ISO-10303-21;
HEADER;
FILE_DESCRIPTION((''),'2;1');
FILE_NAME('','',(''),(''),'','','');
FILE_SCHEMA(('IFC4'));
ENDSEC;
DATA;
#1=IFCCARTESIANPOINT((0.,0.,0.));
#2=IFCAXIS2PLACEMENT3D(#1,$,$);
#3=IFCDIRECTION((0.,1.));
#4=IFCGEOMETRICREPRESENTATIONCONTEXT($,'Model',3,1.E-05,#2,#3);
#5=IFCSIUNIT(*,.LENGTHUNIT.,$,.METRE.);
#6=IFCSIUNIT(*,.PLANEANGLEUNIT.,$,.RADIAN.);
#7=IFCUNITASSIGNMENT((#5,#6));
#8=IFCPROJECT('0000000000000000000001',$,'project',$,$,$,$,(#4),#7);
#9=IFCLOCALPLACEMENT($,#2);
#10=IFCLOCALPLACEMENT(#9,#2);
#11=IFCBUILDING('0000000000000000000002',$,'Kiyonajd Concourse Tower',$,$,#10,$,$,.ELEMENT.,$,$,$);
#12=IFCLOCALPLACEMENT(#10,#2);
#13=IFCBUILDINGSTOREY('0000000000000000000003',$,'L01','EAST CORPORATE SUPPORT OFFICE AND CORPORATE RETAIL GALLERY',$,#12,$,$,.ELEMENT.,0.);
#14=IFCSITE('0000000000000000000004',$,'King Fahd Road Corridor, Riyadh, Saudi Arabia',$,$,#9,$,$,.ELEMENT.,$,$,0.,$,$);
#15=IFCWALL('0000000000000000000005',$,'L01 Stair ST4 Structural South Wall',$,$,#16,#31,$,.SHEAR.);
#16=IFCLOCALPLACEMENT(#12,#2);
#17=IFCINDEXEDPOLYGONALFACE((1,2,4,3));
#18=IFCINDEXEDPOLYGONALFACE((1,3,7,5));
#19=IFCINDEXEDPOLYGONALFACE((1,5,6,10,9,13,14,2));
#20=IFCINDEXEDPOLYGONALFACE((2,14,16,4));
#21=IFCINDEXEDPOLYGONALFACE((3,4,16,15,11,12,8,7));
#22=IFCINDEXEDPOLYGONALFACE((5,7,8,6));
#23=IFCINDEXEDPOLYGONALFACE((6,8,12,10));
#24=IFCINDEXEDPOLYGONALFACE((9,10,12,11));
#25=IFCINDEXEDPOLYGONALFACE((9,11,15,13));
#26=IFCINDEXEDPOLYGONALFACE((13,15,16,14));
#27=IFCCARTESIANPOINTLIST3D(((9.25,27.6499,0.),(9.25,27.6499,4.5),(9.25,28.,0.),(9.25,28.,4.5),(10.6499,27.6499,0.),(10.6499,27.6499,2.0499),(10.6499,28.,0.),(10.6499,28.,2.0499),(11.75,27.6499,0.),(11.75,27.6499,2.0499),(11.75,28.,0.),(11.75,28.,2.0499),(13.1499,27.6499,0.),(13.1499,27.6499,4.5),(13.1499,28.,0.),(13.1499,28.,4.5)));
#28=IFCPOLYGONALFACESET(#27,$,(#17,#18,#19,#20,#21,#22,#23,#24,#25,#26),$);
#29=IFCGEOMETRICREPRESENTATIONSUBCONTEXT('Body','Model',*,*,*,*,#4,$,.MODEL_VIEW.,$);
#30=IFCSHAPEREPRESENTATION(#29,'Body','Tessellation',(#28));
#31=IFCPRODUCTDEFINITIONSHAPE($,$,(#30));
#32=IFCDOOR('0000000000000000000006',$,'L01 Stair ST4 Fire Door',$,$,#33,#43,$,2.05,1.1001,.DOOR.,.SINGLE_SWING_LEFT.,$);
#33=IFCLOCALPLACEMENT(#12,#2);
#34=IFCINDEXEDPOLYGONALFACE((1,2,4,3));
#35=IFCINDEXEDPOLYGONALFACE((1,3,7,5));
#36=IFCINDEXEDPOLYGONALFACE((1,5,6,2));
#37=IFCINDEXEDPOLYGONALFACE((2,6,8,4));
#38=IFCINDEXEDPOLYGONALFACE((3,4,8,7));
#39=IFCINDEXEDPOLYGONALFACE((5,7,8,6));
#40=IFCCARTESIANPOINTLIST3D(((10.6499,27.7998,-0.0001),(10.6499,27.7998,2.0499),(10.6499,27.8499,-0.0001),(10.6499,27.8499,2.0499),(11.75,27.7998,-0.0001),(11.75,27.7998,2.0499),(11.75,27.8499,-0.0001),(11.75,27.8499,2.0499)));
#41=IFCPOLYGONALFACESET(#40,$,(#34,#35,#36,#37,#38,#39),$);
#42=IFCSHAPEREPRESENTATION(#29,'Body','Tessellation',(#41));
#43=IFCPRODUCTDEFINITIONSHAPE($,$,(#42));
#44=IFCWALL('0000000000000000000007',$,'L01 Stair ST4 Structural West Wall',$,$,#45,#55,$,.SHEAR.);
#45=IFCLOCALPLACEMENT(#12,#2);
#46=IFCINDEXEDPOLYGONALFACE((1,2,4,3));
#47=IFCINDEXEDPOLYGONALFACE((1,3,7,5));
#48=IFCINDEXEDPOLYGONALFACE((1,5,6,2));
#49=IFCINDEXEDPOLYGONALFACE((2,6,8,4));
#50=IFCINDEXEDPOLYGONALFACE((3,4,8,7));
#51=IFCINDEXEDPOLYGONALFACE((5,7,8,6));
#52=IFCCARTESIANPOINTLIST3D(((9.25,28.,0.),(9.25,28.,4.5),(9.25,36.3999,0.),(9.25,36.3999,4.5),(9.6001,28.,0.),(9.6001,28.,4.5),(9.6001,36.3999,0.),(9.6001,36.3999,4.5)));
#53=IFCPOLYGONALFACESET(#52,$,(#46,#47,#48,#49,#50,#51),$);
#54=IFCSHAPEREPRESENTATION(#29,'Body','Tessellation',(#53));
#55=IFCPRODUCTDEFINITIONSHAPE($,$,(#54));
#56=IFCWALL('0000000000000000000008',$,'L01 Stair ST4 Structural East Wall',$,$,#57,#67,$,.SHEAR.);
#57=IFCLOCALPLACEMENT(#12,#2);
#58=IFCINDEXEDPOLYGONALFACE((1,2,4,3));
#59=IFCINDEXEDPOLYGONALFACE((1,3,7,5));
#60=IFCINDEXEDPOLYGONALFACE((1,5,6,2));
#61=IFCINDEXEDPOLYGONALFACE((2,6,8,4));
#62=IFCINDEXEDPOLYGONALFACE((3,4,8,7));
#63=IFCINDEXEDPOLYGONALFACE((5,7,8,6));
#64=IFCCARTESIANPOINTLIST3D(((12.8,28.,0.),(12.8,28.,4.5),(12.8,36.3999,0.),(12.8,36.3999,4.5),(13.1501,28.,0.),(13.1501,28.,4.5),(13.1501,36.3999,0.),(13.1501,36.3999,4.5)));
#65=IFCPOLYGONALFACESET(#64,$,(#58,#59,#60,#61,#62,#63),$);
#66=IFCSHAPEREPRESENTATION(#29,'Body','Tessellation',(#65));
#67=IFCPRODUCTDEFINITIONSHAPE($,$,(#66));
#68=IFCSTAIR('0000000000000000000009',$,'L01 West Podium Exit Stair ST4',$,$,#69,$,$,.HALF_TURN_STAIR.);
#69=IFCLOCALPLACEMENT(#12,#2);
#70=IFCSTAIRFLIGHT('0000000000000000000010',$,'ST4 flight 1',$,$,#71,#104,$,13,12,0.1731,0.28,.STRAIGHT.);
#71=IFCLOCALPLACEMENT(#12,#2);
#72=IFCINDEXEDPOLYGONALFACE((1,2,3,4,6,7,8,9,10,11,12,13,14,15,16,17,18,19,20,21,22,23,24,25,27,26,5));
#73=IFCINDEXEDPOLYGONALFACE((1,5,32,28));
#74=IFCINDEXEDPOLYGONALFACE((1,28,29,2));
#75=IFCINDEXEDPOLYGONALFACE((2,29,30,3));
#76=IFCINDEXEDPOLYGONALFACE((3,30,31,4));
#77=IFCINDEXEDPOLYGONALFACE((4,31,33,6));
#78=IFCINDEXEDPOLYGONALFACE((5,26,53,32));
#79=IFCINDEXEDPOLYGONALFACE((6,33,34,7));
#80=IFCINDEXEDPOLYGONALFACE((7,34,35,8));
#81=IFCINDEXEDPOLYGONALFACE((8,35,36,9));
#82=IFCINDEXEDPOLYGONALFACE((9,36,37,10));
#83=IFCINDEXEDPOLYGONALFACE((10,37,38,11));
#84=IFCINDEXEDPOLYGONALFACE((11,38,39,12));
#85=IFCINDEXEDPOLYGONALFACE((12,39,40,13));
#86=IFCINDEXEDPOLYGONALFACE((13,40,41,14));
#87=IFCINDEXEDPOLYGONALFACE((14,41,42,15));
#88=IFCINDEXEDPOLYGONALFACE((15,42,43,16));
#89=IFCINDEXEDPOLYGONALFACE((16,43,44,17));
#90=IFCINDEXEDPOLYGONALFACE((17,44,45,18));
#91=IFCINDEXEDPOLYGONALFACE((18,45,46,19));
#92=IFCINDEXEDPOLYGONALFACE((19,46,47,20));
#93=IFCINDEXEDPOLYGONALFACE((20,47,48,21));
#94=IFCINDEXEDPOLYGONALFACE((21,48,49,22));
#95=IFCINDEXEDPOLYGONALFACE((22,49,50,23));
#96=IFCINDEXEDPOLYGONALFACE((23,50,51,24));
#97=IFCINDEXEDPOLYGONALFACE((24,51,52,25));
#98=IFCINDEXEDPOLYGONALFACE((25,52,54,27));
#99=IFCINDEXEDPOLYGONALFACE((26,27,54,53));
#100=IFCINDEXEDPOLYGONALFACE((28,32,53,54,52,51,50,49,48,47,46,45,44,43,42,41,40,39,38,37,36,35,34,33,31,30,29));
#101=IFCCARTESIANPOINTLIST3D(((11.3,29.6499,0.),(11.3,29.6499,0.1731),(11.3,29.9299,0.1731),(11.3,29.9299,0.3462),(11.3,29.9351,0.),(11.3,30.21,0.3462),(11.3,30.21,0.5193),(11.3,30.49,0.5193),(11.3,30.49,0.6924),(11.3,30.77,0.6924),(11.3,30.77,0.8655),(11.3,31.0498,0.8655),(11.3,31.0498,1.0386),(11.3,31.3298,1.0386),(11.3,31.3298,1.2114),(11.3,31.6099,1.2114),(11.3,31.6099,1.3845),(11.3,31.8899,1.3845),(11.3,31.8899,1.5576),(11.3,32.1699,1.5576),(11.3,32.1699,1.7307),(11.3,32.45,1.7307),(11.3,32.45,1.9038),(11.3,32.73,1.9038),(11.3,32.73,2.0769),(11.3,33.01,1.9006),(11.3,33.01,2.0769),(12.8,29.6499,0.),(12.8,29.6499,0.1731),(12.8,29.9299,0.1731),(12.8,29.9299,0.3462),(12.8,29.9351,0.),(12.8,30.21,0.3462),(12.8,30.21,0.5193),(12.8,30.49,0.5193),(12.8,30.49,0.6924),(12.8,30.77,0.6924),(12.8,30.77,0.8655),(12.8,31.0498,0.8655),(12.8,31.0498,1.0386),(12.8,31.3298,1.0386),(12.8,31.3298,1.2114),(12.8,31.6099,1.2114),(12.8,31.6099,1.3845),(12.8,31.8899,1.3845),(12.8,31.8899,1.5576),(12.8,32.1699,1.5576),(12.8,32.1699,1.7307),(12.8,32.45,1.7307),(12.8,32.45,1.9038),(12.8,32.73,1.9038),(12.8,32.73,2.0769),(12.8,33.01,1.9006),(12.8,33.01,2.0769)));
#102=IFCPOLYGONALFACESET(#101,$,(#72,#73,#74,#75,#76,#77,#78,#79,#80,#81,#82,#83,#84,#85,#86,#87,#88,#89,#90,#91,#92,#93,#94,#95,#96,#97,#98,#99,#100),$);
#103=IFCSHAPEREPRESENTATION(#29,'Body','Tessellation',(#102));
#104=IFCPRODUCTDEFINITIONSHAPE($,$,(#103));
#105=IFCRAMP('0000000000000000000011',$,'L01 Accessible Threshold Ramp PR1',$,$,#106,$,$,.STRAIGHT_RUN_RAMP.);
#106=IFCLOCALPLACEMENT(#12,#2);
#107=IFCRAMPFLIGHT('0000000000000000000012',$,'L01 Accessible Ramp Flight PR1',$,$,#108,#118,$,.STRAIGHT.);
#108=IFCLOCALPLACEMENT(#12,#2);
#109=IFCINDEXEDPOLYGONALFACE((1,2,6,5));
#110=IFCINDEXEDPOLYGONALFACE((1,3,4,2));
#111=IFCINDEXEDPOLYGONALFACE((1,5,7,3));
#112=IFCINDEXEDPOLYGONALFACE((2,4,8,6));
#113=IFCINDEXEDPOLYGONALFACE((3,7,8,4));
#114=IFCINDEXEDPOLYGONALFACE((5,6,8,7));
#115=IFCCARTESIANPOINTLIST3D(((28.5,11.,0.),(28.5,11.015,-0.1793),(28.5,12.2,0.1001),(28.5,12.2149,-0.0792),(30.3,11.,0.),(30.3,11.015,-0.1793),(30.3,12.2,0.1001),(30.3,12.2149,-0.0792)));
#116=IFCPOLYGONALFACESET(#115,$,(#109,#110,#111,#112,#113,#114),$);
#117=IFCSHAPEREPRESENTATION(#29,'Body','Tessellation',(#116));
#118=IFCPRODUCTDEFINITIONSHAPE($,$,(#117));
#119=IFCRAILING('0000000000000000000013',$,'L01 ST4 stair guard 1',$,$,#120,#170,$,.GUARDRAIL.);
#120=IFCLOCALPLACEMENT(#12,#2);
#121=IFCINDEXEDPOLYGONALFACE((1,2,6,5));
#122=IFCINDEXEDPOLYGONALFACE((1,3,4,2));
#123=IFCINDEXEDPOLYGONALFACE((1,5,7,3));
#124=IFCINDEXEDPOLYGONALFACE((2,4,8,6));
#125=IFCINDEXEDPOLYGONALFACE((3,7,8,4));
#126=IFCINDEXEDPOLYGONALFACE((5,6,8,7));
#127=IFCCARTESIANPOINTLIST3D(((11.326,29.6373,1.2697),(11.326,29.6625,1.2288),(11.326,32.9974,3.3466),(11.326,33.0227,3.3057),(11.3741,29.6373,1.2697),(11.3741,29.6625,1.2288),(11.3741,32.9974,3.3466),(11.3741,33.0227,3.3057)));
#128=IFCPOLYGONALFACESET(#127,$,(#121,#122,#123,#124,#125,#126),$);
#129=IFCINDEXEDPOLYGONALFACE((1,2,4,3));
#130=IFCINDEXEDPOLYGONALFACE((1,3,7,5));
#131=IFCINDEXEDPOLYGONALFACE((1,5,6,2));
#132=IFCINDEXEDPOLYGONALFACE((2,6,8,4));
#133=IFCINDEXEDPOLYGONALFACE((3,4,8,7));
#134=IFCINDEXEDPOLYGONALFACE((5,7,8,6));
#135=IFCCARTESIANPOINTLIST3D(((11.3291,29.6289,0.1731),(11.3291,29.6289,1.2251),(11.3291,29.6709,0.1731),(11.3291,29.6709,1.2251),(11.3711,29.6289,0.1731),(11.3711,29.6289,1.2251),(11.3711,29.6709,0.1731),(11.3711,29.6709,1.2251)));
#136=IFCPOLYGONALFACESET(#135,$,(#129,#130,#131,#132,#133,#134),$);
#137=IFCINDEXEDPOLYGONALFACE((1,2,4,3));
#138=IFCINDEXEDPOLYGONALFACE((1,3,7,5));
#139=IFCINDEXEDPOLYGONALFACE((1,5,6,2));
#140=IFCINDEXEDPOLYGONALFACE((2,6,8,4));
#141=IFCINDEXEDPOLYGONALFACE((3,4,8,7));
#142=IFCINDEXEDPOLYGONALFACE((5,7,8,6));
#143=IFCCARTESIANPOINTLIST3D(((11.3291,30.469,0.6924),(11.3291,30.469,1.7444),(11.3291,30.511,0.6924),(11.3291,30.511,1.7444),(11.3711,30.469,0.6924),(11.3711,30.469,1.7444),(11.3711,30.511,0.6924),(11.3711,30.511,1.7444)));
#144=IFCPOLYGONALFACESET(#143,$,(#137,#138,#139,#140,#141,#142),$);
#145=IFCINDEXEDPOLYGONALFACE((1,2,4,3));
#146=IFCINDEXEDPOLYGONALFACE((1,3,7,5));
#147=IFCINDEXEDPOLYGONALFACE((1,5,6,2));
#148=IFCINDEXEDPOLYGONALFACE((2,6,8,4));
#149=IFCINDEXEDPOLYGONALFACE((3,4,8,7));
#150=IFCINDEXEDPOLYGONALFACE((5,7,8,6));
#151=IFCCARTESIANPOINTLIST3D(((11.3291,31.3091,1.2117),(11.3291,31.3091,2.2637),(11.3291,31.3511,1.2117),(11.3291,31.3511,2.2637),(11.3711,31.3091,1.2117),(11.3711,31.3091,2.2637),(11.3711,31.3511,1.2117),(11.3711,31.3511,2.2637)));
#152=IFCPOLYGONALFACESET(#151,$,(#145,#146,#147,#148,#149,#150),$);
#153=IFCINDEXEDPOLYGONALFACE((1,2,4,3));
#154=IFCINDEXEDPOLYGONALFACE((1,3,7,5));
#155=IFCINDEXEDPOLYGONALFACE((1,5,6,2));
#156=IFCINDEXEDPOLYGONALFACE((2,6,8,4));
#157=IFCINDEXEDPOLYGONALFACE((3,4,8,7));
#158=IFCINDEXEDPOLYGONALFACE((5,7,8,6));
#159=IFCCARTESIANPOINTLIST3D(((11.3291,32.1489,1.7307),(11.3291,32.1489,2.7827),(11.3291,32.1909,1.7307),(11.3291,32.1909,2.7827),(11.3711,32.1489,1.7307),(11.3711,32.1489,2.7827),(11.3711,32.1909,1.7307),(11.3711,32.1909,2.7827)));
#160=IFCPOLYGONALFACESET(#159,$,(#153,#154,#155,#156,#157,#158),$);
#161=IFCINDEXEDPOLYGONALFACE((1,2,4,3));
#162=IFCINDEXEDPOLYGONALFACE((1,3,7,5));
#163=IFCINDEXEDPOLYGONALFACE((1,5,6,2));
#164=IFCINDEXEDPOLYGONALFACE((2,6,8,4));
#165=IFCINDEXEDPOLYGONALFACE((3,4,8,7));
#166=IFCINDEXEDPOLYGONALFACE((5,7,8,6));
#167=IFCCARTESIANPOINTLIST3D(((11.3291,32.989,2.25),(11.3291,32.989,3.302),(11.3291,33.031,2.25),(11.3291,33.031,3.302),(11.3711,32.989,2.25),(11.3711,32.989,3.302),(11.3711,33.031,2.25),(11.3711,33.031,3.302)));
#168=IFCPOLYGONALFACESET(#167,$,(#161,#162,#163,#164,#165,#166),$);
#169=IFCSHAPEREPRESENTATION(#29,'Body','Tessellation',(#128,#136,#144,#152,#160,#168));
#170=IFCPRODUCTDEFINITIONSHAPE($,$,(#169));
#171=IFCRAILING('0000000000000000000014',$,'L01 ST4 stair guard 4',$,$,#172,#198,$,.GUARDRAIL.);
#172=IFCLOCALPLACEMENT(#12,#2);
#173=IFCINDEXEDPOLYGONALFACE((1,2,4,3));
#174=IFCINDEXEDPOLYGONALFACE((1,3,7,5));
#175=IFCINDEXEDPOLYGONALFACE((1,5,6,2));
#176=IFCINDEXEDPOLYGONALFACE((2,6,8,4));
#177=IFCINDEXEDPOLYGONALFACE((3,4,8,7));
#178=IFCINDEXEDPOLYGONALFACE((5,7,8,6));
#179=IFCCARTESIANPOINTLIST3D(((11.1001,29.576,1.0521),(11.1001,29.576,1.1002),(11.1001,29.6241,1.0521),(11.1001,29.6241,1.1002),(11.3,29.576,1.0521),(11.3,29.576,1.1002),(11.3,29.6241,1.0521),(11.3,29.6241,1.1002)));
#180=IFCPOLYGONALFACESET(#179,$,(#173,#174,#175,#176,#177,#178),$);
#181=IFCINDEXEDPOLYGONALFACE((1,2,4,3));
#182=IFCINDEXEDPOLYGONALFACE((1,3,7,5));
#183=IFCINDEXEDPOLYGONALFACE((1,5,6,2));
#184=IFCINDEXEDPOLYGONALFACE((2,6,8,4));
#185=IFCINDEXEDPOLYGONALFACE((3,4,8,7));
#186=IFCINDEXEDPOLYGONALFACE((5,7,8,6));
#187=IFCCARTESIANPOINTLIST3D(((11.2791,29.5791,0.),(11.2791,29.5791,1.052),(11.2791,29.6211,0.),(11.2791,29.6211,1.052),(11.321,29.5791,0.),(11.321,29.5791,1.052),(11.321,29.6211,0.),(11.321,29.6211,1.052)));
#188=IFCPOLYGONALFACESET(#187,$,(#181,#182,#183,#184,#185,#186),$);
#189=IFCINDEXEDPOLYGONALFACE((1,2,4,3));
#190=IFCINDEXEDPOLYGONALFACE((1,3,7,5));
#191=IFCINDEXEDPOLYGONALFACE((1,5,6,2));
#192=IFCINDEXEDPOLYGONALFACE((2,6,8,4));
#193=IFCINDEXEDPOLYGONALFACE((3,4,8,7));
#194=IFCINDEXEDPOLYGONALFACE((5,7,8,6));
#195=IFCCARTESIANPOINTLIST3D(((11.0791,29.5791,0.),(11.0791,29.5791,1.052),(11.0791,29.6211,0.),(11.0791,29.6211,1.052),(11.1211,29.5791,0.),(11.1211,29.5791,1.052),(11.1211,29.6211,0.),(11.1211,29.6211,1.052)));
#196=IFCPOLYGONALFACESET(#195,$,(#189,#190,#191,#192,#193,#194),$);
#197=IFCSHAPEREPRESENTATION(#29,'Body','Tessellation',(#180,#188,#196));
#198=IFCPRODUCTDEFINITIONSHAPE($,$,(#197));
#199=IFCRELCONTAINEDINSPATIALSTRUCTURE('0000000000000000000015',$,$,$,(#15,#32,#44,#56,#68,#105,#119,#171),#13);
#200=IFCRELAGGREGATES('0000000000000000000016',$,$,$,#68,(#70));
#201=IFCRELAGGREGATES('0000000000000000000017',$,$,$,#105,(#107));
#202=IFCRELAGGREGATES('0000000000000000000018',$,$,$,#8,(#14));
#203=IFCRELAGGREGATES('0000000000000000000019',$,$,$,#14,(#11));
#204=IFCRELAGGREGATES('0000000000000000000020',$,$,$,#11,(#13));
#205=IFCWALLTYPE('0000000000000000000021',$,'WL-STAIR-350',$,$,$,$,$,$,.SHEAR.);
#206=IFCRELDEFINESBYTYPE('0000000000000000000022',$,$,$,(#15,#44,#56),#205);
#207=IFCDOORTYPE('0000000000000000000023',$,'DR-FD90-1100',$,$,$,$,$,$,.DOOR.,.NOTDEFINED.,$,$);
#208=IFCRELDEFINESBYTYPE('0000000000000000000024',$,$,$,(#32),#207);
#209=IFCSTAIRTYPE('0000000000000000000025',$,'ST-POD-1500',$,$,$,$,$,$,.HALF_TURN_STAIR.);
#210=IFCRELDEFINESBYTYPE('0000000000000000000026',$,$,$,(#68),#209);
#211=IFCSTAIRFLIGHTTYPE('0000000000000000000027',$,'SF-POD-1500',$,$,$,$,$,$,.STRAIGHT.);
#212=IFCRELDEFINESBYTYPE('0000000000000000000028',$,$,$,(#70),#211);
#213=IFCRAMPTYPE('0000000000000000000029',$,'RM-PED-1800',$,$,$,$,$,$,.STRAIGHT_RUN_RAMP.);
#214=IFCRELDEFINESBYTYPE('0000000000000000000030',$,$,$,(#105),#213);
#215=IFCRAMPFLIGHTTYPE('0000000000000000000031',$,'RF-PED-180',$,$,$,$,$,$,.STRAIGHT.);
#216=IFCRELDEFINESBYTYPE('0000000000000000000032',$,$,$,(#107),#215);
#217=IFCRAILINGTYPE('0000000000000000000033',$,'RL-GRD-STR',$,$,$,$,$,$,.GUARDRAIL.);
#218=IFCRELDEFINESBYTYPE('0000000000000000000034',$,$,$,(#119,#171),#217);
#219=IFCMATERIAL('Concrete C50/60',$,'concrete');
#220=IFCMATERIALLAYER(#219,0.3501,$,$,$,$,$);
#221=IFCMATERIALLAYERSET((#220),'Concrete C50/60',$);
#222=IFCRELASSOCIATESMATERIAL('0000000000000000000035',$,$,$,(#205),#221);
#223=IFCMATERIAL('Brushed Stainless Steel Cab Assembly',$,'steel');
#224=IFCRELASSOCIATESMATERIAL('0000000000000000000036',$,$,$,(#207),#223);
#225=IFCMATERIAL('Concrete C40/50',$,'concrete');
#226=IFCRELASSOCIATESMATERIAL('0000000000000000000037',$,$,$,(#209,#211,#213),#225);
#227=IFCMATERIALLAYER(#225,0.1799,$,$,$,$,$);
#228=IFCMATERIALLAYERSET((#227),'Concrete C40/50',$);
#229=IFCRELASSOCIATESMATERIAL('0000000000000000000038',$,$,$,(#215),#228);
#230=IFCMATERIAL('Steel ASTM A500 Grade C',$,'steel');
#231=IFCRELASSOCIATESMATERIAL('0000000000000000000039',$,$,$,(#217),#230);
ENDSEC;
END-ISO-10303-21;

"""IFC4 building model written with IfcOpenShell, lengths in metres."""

from ifc_helpers import new_model, si_unit, direction, frame, frame_2d, origin, origin_2d, place, context, subcontext, project, spatial, polyline, rectangle, outline, extrude, material, layer, layer_set, type_object, element, fill, aggregate, save


model = new_model("IFC4")

# Units and contexts
model_context = context("Model", 3, precision=1e-05, world=origin(), true_north=direction((0.0, 1.0)))
body_context = subcontext(model_context, "Body", "Model", "MODEL_VIEW")
ifc_project = project(units=[si_unit("LENGTHUNIT", "METRE"), si_unit("PLANEANGLEUNIT", "RADIAN")], contexts=[model_context])

# Site, building, storey
site_placement = place(None, origin())
site = spatial("IfcSite", under=ifc_project, at=site_placement, Name="King Fahd Road Corridor, Riyadh, Saudi Arabia", CompositionType="ELEMENT", RefElevation=0.0)
building_placement = place(site_placement, origin())
building = spatial("IfcBuilding", under=site, at=building_placement, Name="Kiyonajd Concourse Tower", CompositionType="ELEMENT")
storey_placement = place(building_placement, origin())
storey = spatial("IfcBuildingStorey", under=building, at=storey_placement, Name="L01", Description="EAST CORPORATE SUPPORT OFFICE AND CORPORATE RETAIL GALLERY", CompositionType="ELEMENT", Elevation=0.0)

# Shared definitions
ifc_material_1 = material(Name="Concrete C50/60", Category="concrete")

# Shared definitions
ifc_material_2 = material(Name="Brushed Stainless Steel Cab Assembly", Category="steel")

# Wall, opening, door
ifc_layer_1 = layer(ifc_material_1, 0.3501)
ifc_layer_set_1 = layer_set([ifc_layer_1], Name="Concrete C50/60")
wall_type_1 = type_object("IfcWallType", Name="WL-STAIR-350", PredefinedType="SHEAR", material=ifc_layer_set_1)
wall_1_placement = place(storey_placement, frame((9.25, 27.825, 0.0), z_axis=(0.0, 0.0, 1.0), x_axis=(1.0, 0.0, 0.0)))
wall_1 = element("IfcWall", 1, at=wall_1_placement, inside=storey, type_object=wall_type_1, Name="L01 Stair ST4 Structural South Wall", PredefinedType="SHEAR", context=body_context, shape_type="SweptSolid", body=[
    extrude(rectangle(XDim=3.8999, YDim=0.3501, at=frame_2d((1.95, 0.0))), origin(), (0.0, 0.0, 1.0), 4.5),
])
opening_1_placement = place(wall_1_placement, frame((1.3999, 0.0, 0.0)))
opening_1 = element("IfcOpeningElement", 2, at=opening_1_placement, cuts=wall_1, PredefinedType="OPENING", context=body_context, shape_type="SweptSolid", body=[
    extrude(rectangle(XDim=1.1001, YDim=2.05, at=frame_2d((0.55, 1.0249))), frame((0.0, 0.1851, 0.0), z_axis=(0.0, -1.0, 0.0), x_axis=(1.0, 0.0, 0.0)), (0.0, 0.0, 1.0), 0.3701),
])
door_type_1 = type_object("IfcDoorType", Name="DR-FD90-1100", OperationType="NOTDEFINED", PredefinedType="DOOR", material=ifc_material_2)
door_1_placement = place(opening_1_placement, origin())
door_1 = element("IfcDoor", 3, at=door_1_placement, inside=storey, type_object=door_type_1, Name="L01 Stair ST4 Fire Door", OperationType="SINGLE_SWING_LEFT", OverallHeight=2.05, OverallWidth=1.1001, PredefinedType="DOOR", context=body_context, shape_type="SweptSolid", body=[
    extrude(rectangle(XDim=1.1001, YDim=2.05, at=frame_2d((0.55, 1.0249))), frame((0.0, 0.0249, 0.0), z_axis=(0.0, -1.0, 0.0), x_axis=(1.0, 0.0, 0.0)), (0.0, 0.0, 1.0), 0.05),
])
fill(opening_1, door_1)

# Walls
for number, where, z_axis, x_axis, name in (
    (4, (9.425, 28.0, 0.0), (0.0, 0.0, 1.0), (0.0, 1.0, 0.0), "L01 Stair ST4 Structural West Wall"),
    (5, (12.9751, 28.0, 0.0), (0.0, 0.0, 1.0), (0.0, 1.0, 0.0), "L01 Stair ST4 Structural East Wall"),
):
    element("IfcWall", number, at=place(storey_placement, frame(where, z_axis=z_axis, x_axis=x_axis)), inside=storey, type_object=wall_type_1, Name=name, PredefinedType="SHEAR", context=body_context, shape_type="SweptSolid", body=[
        extrude(rectangle(XDim=8.3999, YDim=0.3501, at=frame_2d((4.2, 0.0))), origin(), (0.0, 0.0, 1.0), 4.5),
    ])

# Stair, stair flight
ifc_material_3 = material(Name="Concrete C40/50", Category="concrete")
stair_type = type_object("IfcStairType", Name="ST-POD-1500", PredefinedType="HALF_TURN_STAIR", material=ifc_material_3)
stair_placement = place(storey_placement, origin())
stair = element("IfcStair", 6, at=stair_placement, inside=storey, type_object=stair_type, Name="L01 West Podium Exit Stair ST4", PredefinedType="HALF_TURN_STAIR")
stair_flight_type = type_object("IfcStairFlightType", Name="SF-POD-1500", PredefinedType="STRAIGHT", material=ifc_material_3)
stair_flight_placement = place(storey_placement, frame((12.05, 29.6499, 0.0), z_axis=(0.0, 0.0, 1.0), x_axis=(0.0, 1.0, 0.0)))
stair_flight = element("IfcStairFlight", 7, at=stair_flight_placement, type_object=stair_flight_type, Name="ST4 flight 1", NumberOfRisers=13, NumberOfTreads=12, PredefinedType="STRAIGHT", RiserHeight=0.1731, TreadLength=0.28, context=body_context, shape_type="SweptSolid", body=[
    extrude(outline(polyline([(0.0, 0.0), (0.0, 0.1731), (0.28, 0.1731), (0.28, 0.3462), (0.5601, 0.3462), (0.5601, 0.5193), (0.8401, 0.5193), (0.8401, 0.6924), (1.1201, 0.6924), (1.1201, 0.8655), (1.3999, 0.8655), (1.3999, 1.0386), (1.6799, 1.0386), (1.6799, 1.2114), (1.96, 1.2114), (1.96, 1.3845), (2.24, 1.3845), (2.24, 1.5576), (2.52, 1.5576), (2.52, 1.7307), (2.8, 1.7307), (2.8, 1.9038), (3.0801, 1.9038), (3.0801, 2.0769), (3.3601, 2.0769), (3.3601, 2.25), (3.3601, 1.9006), (0.2852, 0.0), (0.0, 0.0)])), frame((0.0, 0.75, 0.0), z_axis=(0.0, -1.0, 0.0), x_axis=(1.0, 0.0, 0.0)), (0.0, 0.0, 1.0), 1.5),
])
aggregate(stair, [stair_flight])

# Ramp, ramp flight
ramp_type = type_object("IfcRampType", Name="RM-PED-1800", PredefinedType="STRAIGHT_RUN_RAMP", material=ifc_material_3)
ramp_placement = place(storey_placement, origin())
ramp = element("IfcRamp", 8, at=ramp_placement, inside=storey, type_object=ramp_type, Name="L01 Accessible Threshold Ramp PR1", PredefinedType="STRAIGHT_RUN_RAMP")
ifc_layer_2 = layer(ifc_material_3, 0.1799)
ifc_layer_set_2 = layer_set([ifc_layer_2], Name="Concrete C40/50")
ramp_flight_type = type_object("IfcRampFlightType", Name="RF-PED-180", PredefinedType="STRAIGHT", material=ifc_layer_set_2)
ramp_flight_placement = place(storey_placement, frame((28.5, 11.0, 0.0), z_axis=(0.0, -0.083129, 0.996539), x_axis=(1.0, 0.0, 0.0)))
ramp_flight = element("IfcRampFlight", 9, at=ramp_flight_placement, type_object=ramp_flight_type, Name="L01 Accessible Ramp Flight PR1", PredefinedType="STRAIGHT", context=body_context, shape_type="SweptSolid", body=[
    extrude(outline(polyline([(0.0, 0.0), (1.8, 0.0), (1.8, 1.2041), (0.0, 1.2041), (0.0, 0.0)])), origin(), (0.0, 0.0, -1.0), 0.1799),
])
aggregate(ramp, [ramp_flight])

# Railings
ifc_material_4 = material(Name="Steel ASTM A500 Grade C", Category="steel")
railing_type_1 = type_object("IfcRailingType", Name="RL-GRD-STR", PredefinedType="GUARDRAIL", material=ifc_material_4)
railing_1_placement = place(storey_placement, frame((11.3501, 29.6499, 0.1731)))
element("IfcRailing", 10, at=railing_1_placement, inside=storey, type_object=railing_type_1, Name="L01 ST4 stair guard 1", PredefinedType="GUARDRAIL", context=body_context, shape_type="SweptSolid", body=[
    extrude(rectangle(XDim=0.0481, YDim=0.0481, at=origin_2d()), frame((0.0, 0.0, 1.0762), z_axis=(0.0, 0.850623, 0.525776), x_axis=(-1.0, 0.0, 0.0)), (0.0, 0.0, 1.0), 3.9502),
    extrude(rectangle(XDim=0.042, YDim=0.042, at=origin_2d()), origin(), (0.0, 0.0, 1.0), 1.052),
    extrude(rectangle(XDim=0.042, YDim=0.042, at=origin_2d()), frame((0.0, 0.8401, 0.5193)), (0.0, 0.0, 1.0), 1.052),
    extrude(rectangle(XDim=0.042, YDim=0.042, at=origin_2d()), frame((0.0, 1.6802, 1.0386)), (0.0, 0.0, 1.0), 1.052),
    extrude(rectangle(XDim=0.042, YDim=0.042, at=origin_2d()), frame((0.0, 2.52, 1.5576)), (0.0, 0.0, 1.0), 1.052),
    extrude(rectangle(XDim=0.042, YDim=0.042, at=origin_2d()), frame((0.0, 3.3601, 2.0769)), (0.0, 0.0, 1.0), 1.052),
])
railing_2_placement = place(storey_placement, frame((11.3, 29.6001, 0.0)))
element("IfcRailing", 11, at=railing_2_placement, inside=storey, type_object=railing_type_1, Name="L01 ST4 stair guard 4", PredefinedType="GUARDRAIL", context=body_context, shape_type="SweptSolid", body=[
    extrude(rectangle(XDim=0.0481, YDim=0.0481, at=origin_2d()), frame((0.0, 0.0, 1.0762), z_axis=(-1.0, 0.0, 0.0), x_axis=(0.0, -1.0, 0.0)), (0.0, 0.0, 1.0), 0.2),
    extrude(rectangle(XDim=0.042, YDim=0.042, at=origin_2d()), origin(), (0.0, 0.0, 1.0), 1.052),
    extrude(rectangle(XDim=0.042, YDim=0.042, at=origin_2d()), frame((-0.2, 0.0, 0.0)), (0.0, 0.0, 1.0), 1.052),
])

save(model, "model.ifc")
